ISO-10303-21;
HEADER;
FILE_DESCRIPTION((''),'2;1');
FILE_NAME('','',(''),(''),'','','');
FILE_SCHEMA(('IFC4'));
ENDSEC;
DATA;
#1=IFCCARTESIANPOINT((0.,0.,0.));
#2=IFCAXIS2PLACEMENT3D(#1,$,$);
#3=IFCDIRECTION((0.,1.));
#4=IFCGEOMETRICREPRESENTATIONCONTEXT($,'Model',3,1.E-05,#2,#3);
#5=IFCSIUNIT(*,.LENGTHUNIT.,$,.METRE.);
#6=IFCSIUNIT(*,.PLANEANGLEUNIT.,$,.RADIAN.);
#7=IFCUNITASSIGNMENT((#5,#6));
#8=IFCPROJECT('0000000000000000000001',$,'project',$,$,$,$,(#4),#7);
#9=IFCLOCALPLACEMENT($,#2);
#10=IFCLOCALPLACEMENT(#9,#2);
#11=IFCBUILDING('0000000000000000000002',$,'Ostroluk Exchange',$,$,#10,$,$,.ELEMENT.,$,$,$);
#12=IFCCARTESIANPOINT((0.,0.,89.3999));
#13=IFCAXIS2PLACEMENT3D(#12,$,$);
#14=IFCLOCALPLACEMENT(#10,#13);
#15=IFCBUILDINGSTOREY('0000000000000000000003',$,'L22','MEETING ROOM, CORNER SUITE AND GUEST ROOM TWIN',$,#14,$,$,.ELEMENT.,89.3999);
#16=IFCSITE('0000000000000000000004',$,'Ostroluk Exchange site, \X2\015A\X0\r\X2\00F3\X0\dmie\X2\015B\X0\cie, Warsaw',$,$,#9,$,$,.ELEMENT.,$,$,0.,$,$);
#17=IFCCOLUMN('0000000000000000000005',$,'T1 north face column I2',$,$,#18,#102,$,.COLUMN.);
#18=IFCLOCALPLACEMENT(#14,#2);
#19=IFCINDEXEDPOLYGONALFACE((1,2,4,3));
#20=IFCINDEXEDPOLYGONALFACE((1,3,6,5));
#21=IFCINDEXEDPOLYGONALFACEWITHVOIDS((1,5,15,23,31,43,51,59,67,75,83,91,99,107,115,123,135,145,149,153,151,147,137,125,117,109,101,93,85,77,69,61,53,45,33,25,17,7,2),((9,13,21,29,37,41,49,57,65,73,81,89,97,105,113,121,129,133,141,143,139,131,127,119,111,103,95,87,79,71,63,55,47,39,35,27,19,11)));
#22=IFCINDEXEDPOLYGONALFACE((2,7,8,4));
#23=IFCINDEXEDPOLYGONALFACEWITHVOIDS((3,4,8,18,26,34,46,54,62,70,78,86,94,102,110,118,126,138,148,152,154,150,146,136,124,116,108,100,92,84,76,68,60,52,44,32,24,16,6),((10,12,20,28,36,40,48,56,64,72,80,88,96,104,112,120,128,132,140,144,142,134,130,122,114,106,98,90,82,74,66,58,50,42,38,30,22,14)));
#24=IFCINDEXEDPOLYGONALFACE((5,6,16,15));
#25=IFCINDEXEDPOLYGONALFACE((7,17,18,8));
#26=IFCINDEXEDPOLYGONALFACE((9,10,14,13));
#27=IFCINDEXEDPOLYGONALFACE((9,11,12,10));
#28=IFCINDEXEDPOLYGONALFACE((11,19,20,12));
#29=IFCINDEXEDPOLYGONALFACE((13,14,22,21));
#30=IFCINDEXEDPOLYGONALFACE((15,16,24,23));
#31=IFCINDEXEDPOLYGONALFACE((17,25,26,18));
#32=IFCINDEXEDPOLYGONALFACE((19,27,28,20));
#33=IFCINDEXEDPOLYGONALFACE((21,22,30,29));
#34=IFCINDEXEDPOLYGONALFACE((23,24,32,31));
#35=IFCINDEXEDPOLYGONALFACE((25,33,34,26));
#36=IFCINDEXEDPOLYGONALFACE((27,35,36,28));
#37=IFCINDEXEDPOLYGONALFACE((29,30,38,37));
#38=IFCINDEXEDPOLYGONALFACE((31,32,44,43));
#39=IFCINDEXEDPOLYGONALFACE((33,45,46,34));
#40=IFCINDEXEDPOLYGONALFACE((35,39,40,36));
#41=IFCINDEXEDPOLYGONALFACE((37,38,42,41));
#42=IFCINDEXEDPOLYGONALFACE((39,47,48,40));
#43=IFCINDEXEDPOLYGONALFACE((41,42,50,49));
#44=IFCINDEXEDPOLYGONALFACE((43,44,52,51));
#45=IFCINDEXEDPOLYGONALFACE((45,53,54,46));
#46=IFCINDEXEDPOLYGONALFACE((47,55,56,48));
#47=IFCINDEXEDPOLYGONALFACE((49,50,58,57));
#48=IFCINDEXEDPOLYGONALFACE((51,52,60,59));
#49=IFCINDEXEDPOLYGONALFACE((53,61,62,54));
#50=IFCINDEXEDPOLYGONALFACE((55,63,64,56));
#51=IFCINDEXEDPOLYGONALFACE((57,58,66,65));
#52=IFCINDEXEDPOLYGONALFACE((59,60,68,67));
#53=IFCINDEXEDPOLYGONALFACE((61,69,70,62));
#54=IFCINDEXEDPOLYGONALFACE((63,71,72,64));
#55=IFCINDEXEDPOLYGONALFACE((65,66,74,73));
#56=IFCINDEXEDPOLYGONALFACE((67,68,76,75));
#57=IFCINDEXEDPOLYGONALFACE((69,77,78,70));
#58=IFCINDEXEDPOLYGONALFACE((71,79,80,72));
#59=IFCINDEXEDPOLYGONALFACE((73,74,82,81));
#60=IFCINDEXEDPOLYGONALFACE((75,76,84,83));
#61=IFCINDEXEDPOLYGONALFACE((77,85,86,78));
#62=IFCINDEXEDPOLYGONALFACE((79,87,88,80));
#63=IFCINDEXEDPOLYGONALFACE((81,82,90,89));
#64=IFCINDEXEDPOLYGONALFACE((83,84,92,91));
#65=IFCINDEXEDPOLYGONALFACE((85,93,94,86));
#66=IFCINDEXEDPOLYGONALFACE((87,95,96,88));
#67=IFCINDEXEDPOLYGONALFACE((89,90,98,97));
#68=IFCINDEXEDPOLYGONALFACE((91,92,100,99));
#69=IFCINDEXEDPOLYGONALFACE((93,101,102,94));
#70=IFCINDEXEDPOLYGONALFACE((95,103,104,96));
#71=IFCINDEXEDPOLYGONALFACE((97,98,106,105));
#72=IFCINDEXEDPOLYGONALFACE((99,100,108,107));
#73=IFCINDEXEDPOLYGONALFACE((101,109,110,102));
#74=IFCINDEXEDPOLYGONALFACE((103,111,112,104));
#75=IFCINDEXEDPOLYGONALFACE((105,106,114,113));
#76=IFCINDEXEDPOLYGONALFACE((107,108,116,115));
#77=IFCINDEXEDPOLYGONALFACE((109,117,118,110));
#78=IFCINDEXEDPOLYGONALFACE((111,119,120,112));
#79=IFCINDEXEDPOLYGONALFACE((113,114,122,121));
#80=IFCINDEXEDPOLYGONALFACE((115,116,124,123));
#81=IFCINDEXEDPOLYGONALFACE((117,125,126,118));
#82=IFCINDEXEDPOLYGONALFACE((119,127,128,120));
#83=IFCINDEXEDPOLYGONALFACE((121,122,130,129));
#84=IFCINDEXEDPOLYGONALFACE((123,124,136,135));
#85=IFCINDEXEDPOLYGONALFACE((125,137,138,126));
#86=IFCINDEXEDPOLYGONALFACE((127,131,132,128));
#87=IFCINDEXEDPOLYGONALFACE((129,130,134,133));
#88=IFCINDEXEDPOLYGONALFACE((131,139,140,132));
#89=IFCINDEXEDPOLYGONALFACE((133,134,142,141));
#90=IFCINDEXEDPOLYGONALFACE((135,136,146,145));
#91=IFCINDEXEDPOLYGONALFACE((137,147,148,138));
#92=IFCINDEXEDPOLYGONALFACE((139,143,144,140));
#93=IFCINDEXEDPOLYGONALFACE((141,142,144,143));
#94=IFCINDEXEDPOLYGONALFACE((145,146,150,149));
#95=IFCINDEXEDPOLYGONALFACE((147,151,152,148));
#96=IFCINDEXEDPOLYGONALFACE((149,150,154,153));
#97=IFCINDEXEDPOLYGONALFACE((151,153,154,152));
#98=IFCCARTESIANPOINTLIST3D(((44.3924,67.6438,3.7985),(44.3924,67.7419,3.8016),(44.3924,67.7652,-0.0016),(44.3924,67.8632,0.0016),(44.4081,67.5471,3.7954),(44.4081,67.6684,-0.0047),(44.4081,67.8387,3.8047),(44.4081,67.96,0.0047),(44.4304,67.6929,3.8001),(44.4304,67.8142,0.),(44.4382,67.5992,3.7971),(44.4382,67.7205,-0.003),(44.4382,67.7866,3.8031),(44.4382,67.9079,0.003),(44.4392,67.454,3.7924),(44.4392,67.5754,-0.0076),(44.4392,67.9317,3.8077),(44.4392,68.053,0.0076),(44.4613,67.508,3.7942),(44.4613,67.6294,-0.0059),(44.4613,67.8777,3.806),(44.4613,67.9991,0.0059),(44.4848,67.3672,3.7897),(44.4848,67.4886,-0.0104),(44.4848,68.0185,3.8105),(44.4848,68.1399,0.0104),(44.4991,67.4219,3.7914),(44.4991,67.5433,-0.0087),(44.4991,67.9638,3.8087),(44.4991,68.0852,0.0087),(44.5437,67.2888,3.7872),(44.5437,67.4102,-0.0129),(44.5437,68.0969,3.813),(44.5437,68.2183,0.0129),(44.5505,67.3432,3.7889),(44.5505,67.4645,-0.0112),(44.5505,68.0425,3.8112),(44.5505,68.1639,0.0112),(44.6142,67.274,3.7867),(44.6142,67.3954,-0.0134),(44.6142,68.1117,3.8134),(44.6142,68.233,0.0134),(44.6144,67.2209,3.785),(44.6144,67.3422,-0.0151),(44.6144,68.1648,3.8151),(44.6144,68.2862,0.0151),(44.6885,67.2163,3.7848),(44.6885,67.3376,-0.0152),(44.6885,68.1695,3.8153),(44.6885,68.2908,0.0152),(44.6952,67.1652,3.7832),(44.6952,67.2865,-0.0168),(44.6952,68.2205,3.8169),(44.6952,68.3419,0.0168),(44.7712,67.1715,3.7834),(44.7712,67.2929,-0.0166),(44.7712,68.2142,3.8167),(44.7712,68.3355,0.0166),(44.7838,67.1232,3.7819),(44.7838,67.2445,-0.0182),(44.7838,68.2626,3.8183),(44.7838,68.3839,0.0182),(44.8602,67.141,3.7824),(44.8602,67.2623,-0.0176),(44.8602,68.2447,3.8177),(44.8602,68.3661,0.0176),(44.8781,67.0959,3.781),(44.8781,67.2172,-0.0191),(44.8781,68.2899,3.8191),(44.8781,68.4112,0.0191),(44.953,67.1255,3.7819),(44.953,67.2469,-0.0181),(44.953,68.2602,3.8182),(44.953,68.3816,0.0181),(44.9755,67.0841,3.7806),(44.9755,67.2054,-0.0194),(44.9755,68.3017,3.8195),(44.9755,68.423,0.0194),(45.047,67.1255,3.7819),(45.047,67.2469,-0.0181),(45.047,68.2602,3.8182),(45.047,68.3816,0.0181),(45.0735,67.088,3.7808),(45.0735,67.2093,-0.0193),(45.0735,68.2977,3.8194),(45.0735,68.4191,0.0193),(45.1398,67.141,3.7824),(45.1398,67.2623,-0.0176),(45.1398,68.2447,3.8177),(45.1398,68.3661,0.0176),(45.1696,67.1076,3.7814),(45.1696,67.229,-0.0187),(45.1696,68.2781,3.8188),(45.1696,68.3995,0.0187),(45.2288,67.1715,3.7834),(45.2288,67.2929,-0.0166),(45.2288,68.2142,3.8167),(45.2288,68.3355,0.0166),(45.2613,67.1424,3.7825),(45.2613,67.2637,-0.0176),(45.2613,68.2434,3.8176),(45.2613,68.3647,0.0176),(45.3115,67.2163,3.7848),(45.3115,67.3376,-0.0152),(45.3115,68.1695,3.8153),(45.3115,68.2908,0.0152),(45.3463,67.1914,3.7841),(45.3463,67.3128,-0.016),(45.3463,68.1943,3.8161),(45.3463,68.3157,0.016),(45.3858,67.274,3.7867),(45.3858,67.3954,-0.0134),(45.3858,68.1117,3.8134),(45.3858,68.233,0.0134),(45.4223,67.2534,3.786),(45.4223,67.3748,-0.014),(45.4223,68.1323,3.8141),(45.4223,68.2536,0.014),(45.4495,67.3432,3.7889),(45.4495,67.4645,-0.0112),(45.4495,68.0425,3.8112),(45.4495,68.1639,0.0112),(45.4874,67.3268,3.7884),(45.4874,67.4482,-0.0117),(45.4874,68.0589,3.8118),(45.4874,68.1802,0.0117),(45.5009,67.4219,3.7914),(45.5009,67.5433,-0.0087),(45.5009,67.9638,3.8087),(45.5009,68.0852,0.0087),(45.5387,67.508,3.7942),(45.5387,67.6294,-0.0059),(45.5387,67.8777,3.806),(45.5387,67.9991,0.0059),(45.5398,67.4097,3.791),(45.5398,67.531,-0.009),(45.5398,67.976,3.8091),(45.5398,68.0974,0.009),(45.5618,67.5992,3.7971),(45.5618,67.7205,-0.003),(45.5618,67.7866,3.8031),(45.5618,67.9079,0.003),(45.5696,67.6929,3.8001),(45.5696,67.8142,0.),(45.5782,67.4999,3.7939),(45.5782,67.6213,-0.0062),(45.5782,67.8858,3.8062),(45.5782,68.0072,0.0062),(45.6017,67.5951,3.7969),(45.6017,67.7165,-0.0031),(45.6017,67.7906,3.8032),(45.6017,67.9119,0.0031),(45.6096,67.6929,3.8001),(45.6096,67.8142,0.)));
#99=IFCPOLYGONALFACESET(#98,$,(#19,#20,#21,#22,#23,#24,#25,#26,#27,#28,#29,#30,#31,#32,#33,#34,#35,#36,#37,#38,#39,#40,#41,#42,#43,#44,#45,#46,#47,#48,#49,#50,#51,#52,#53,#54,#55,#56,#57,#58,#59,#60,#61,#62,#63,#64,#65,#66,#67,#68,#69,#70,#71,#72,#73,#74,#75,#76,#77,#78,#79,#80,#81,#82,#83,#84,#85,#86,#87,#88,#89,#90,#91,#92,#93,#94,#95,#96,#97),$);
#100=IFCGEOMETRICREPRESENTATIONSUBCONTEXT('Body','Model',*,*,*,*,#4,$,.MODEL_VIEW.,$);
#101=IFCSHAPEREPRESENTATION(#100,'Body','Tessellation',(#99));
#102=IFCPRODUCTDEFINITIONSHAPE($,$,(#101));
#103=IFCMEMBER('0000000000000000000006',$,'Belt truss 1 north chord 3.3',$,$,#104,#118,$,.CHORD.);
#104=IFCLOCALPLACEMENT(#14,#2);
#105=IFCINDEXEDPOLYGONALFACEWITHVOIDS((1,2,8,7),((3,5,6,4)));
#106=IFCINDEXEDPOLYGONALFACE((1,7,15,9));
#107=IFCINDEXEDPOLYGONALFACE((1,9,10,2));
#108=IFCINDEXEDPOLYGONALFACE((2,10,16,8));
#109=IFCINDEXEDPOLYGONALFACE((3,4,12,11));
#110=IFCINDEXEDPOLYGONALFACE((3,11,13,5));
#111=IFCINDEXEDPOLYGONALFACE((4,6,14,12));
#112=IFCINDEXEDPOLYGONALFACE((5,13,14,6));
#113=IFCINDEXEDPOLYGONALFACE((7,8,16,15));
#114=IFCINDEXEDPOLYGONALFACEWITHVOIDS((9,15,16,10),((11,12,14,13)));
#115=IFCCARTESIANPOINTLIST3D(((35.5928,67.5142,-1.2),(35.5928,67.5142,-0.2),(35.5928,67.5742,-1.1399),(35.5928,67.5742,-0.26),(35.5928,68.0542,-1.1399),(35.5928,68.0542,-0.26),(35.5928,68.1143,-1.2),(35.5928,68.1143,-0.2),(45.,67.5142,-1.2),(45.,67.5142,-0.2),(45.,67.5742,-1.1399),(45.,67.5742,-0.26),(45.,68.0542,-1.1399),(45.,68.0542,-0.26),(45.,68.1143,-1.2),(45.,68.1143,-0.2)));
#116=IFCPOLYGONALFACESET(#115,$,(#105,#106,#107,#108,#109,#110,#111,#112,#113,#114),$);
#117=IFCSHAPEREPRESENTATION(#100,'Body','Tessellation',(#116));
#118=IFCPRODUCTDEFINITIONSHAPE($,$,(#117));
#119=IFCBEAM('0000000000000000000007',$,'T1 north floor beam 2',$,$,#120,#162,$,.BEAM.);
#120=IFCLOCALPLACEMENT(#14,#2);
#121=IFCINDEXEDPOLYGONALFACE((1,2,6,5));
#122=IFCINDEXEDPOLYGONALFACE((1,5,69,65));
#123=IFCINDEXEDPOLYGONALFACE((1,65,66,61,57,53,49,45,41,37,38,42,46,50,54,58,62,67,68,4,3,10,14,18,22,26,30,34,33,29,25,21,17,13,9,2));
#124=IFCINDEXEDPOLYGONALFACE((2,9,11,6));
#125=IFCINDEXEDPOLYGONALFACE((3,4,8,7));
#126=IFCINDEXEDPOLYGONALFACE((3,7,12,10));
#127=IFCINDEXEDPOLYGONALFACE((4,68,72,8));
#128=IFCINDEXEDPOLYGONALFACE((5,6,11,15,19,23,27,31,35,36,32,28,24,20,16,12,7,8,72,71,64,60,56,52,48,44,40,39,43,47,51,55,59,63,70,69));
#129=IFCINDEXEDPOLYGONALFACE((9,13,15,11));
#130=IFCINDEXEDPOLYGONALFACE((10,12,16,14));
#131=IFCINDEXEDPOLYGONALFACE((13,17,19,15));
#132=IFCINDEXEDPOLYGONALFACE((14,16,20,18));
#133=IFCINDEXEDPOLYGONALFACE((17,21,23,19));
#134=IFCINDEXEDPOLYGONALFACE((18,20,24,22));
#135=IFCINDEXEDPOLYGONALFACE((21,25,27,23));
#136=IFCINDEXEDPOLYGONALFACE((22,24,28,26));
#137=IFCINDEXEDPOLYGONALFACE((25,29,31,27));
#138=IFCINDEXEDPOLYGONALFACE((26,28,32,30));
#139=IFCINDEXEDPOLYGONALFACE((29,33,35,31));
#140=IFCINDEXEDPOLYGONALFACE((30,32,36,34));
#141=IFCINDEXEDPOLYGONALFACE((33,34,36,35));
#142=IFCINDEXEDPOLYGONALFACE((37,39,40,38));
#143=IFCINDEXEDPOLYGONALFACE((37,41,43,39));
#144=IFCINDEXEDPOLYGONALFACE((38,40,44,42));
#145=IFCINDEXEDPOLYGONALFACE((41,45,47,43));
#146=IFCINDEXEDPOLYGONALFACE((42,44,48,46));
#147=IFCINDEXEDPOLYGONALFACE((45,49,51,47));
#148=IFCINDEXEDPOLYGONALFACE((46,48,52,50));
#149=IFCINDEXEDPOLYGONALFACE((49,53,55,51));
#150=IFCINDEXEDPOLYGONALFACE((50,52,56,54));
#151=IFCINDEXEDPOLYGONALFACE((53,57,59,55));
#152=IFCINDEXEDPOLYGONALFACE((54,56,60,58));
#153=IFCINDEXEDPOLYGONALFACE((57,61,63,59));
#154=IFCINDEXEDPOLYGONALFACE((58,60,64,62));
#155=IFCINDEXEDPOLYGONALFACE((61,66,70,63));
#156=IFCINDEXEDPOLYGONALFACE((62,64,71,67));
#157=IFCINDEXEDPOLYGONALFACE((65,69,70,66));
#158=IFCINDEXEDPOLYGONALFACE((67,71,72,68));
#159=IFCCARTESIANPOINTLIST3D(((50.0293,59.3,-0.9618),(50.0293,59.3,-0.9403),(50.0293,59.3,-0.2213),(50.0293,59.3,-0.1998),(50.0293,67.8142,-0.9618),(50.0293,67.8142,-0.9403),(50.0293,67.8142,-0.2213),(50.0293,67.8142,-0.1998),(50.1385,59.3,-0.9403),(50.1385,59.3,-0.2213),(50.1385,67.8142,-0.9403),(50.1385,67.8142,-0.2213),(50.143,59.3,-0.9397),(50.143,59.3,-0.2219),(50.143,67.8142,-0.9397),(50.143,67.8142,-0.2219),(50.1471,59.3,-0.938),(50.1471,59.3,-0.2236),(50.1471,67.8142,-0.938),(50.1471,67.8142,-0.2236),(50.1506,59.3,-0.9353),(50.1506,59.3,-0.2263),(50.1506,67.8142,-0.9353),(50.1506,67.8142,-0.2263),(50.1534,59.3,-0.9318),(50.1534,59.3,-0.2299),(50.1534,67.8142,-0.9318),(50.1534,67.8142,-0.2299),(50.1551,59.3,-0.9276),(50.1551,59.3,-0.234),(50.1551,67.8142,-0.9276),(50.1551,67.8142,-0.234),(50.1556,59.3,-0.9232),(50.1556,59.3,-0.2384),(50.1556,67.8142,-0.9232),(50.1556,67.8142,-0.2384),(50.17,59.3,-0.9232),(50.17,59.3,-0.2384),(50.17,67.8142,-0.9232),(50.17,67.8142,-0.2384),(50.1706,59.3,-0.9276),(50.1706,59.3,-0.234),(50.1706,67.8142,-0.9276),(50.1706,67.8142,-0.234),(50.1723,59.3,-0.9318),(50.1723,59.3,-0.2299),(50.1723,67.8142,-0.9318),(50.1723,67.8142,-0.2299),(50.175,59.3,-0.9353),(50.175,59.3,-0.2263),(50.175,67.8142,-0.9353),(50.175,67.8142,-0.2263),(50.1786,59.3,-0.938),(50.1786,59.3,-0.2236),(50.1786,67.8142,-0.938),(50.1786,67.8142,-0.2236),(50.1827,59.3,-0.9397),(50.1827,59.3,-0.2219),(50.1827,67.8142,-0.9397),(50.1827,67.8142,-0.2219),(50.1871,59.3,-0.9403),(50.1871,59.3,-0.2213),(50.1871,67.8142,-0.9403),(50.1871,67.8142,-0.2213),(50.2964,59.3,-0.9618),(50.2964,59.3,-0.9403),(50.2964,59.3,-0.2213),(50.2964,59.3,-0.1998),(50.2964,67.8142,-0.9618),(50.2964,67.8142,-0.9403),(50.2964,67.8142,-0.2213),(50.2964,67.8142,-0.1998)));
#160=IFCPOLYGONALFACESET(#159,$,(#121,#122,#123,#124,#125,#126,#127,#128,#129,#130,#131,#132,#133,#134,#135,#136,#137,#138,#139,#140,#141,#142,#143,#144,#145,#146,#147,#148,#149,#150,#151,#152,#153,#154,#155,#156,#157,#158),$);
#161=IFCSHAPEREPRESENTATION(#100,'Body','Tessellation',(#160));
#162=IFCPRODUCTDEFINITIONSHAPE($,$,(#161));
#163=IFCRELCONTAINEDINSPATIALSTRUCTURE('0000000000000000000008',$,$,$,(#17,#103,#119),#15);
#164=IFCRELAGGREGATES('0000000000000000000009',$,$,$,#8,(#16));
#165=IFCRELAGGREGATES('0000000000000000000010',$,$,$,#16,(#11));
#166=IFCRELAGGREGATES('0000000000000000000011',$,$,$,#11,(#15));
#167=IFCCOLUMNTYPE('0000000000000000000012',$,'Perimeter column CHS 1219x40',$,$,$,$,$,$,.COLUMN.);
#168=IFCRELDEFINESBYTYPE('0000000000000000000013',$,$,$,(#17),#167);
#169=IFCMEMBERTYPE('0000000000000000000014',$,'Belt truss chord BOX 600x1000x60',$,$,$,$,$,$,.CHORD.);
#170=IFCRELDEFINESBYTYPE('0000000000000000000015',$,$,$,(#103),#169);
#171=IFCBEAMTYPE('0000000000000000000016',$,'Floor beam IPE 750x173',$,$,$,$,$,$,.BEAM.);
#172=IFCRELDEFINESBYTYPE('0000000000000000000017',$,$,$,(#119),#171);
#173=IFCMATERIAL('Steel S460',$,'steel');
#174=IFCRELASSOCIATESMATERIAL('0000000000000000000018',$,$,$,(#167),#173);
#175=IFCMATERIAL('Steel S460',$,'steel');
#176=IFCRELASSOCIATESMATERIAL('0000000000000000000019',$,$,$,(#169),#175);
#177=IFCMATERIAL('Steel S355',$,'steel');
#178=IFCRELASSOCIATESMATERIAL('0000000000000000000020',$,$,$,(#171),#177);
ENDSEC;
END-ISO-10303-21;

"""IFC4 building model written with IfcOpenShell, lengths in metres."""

from ifc_helpers import new_model, si_unit, direction, frame, origin, origin_2d, place, context, subcontext, project, spatial, hollow_rectangle, hollow_circle, i_section, extrude, material, material_profile, profile_set, type_object, element, save


model = new_model("IFC4")

# Units and contexts
model_context = context("Model", 3, precision=1e-05, world=origin(), true_north=direction((0.0, 1.0)))
body_context = subcontext(model_context, "Body", "Model", "MODEL_VIEW")
ifc_project = project(units=[si_unit("LENGTHUNIT", "METRE"), si_unit("PLANEANGLEUNIT", "RADIAN")], contexts=[model_context])

# Site, building, storey
site_placement = place(None, origin())
site = spatial("IfcSite", under=ifc_project, at=site_placement, Name="Ostroluk Exchange site, Śródmieście, Warsaw", CompositionType="ELEMENT", RefElevation=0.0)
building_placement = place(site_placement, origin())
building = spatial("IfcBuilding", under=site, at=building_placement, Name="Ostroluk Exchange", CompositionType="ELEMENT")
storey_placement = place(building_placement, frame((0.0, 0.0, 89.3999)))
storey = spatial("IfcBuildingStorey", under=building, at=storey_placement, Name="L22", Description="MEETING ROOM, CORNER SUITE AND GUEST ROOM TWIN", CompositionType="ELEMENT", Elevation=89.3999)

# Column
ifc_material_1 = material(Name="Steel S460", Category="steel")
ifc_material_profile_1 = material_profile(ifc_material_1, hollow_circle(Radius=0.6096, WallThickness=0.04, at=origin_2d()), Name="CHS 1219x40")
ifc_profile_set_1 = profile_set([ifc_material_profile_1], Name="Steel S460")
column_type = type_object("IfcColumnType", Name="Perimeter column CHS 1219x40", PredefinedType="COLUMN", material=ifc_profile_set_1)
column_placement = place(storey_placement, frame((45.0, 67.8142, 0.0), z_axis=(0.0, -0.031914, 0.999491), x_axis=(1.0, 0.0, 0.0)))
element("IfcColumn", 1, at=column_placement, inside=storey, type_object=column_type, Name="T1 north face column I2", PredefinedType="COLUMN", context=body_context, shape_type="SweptSolid", body=[
    extrude(hollow_circle(Radius=0.6096, WallThickness=0.04, at=origin_2d()), origin(), (0.0, 0.0, 1.0), 3.802),
])

# Member
ifc_material_2 = material(Name="Steel S460", Category="steel")
ifc_material_profile_2 = material_profile(ifc_material_2, hollow_rectangle(XDim=0.6001, YDim=1.0, WallThickness=0.0601, at=origin_2d()), Name="BOX 600x1000x60")
ifc_profile_set_2 = profile_set([ifc_material_profile_2], Name="Steel S460")
member_type_1 = type_object("IfcMemberType", Name="Belt truss chord BOX 600x1000x60", PredefinedType="CHORD", material=ifc_profile_set_2)
member_1_placement = place(storey_placement, frame((45.0, 67.8142, -0.7), z_axis=(-1.0, 0.0, 0.0), x_axis=(0.0, -1.0, 0.0)))
element("IfcMember", 2, at=member_1_placement, inside=storey, type_object=member_type_1, Name="Belt truss 1 north chord 3.3", PredefinedType="CHORD", context=body_context, shape_type="SweptSolid", body=[
    extrude(hollow_rectangle(XDim=0.6001, YDim=1.0, WallThickness=0.0601, at=origin_2d()), origin(), (0.0, 0.0, 1.0), 9.4072),
])

# Beam
ifc_material_3 = material(Name="Steel S355", Category="steel")
ifc_material_profile_3 = material_profile(ifc_material_3, i_section(OverallWidth=0.2671, OverallDepth=0.762, WebThickness=0.0144, FlangeThickness=0.0215, FilletRadius=0.0171, at=origin_2d()), Name="IPE 750x173")
ifc_profile_set_3 = profile_set([ifc_material_profile_3], Name="Steel S355")
beam_type = type_object("IfcBeamType", Name="Floor beam IPE 750x173", PredefinedType="BEAM", material=ifc_profile_set_3)
for number, where, z_axis, x_axis, name in (
    (3, (50.1628, 59.3, -0.5808), (0.0, 1.0, 0.0), (-1.0, 0.0, 0.0), "T1 north floor beam 2"),
):
    element("IfcBeam", number, at=place(storey_placement, frame(where, z_axis=z_axis, x_axis=x_axis)), inside=storey, type_object=beam_type, Name=name, PredefinedType="BEAM", context=body_context, shape_type="SweptSolid", body=[
        extrude(i_section(OverallWidth=0.2671, OverallDepth=0.762, WebThickness=0.0144, FlangeThickness=0.0215, FilletRadius=0.0171, at=origin_2d()), origin(), (0.0, 0.0, 1.0), 8.5142),
    ])

save(model, "model.ifc")
